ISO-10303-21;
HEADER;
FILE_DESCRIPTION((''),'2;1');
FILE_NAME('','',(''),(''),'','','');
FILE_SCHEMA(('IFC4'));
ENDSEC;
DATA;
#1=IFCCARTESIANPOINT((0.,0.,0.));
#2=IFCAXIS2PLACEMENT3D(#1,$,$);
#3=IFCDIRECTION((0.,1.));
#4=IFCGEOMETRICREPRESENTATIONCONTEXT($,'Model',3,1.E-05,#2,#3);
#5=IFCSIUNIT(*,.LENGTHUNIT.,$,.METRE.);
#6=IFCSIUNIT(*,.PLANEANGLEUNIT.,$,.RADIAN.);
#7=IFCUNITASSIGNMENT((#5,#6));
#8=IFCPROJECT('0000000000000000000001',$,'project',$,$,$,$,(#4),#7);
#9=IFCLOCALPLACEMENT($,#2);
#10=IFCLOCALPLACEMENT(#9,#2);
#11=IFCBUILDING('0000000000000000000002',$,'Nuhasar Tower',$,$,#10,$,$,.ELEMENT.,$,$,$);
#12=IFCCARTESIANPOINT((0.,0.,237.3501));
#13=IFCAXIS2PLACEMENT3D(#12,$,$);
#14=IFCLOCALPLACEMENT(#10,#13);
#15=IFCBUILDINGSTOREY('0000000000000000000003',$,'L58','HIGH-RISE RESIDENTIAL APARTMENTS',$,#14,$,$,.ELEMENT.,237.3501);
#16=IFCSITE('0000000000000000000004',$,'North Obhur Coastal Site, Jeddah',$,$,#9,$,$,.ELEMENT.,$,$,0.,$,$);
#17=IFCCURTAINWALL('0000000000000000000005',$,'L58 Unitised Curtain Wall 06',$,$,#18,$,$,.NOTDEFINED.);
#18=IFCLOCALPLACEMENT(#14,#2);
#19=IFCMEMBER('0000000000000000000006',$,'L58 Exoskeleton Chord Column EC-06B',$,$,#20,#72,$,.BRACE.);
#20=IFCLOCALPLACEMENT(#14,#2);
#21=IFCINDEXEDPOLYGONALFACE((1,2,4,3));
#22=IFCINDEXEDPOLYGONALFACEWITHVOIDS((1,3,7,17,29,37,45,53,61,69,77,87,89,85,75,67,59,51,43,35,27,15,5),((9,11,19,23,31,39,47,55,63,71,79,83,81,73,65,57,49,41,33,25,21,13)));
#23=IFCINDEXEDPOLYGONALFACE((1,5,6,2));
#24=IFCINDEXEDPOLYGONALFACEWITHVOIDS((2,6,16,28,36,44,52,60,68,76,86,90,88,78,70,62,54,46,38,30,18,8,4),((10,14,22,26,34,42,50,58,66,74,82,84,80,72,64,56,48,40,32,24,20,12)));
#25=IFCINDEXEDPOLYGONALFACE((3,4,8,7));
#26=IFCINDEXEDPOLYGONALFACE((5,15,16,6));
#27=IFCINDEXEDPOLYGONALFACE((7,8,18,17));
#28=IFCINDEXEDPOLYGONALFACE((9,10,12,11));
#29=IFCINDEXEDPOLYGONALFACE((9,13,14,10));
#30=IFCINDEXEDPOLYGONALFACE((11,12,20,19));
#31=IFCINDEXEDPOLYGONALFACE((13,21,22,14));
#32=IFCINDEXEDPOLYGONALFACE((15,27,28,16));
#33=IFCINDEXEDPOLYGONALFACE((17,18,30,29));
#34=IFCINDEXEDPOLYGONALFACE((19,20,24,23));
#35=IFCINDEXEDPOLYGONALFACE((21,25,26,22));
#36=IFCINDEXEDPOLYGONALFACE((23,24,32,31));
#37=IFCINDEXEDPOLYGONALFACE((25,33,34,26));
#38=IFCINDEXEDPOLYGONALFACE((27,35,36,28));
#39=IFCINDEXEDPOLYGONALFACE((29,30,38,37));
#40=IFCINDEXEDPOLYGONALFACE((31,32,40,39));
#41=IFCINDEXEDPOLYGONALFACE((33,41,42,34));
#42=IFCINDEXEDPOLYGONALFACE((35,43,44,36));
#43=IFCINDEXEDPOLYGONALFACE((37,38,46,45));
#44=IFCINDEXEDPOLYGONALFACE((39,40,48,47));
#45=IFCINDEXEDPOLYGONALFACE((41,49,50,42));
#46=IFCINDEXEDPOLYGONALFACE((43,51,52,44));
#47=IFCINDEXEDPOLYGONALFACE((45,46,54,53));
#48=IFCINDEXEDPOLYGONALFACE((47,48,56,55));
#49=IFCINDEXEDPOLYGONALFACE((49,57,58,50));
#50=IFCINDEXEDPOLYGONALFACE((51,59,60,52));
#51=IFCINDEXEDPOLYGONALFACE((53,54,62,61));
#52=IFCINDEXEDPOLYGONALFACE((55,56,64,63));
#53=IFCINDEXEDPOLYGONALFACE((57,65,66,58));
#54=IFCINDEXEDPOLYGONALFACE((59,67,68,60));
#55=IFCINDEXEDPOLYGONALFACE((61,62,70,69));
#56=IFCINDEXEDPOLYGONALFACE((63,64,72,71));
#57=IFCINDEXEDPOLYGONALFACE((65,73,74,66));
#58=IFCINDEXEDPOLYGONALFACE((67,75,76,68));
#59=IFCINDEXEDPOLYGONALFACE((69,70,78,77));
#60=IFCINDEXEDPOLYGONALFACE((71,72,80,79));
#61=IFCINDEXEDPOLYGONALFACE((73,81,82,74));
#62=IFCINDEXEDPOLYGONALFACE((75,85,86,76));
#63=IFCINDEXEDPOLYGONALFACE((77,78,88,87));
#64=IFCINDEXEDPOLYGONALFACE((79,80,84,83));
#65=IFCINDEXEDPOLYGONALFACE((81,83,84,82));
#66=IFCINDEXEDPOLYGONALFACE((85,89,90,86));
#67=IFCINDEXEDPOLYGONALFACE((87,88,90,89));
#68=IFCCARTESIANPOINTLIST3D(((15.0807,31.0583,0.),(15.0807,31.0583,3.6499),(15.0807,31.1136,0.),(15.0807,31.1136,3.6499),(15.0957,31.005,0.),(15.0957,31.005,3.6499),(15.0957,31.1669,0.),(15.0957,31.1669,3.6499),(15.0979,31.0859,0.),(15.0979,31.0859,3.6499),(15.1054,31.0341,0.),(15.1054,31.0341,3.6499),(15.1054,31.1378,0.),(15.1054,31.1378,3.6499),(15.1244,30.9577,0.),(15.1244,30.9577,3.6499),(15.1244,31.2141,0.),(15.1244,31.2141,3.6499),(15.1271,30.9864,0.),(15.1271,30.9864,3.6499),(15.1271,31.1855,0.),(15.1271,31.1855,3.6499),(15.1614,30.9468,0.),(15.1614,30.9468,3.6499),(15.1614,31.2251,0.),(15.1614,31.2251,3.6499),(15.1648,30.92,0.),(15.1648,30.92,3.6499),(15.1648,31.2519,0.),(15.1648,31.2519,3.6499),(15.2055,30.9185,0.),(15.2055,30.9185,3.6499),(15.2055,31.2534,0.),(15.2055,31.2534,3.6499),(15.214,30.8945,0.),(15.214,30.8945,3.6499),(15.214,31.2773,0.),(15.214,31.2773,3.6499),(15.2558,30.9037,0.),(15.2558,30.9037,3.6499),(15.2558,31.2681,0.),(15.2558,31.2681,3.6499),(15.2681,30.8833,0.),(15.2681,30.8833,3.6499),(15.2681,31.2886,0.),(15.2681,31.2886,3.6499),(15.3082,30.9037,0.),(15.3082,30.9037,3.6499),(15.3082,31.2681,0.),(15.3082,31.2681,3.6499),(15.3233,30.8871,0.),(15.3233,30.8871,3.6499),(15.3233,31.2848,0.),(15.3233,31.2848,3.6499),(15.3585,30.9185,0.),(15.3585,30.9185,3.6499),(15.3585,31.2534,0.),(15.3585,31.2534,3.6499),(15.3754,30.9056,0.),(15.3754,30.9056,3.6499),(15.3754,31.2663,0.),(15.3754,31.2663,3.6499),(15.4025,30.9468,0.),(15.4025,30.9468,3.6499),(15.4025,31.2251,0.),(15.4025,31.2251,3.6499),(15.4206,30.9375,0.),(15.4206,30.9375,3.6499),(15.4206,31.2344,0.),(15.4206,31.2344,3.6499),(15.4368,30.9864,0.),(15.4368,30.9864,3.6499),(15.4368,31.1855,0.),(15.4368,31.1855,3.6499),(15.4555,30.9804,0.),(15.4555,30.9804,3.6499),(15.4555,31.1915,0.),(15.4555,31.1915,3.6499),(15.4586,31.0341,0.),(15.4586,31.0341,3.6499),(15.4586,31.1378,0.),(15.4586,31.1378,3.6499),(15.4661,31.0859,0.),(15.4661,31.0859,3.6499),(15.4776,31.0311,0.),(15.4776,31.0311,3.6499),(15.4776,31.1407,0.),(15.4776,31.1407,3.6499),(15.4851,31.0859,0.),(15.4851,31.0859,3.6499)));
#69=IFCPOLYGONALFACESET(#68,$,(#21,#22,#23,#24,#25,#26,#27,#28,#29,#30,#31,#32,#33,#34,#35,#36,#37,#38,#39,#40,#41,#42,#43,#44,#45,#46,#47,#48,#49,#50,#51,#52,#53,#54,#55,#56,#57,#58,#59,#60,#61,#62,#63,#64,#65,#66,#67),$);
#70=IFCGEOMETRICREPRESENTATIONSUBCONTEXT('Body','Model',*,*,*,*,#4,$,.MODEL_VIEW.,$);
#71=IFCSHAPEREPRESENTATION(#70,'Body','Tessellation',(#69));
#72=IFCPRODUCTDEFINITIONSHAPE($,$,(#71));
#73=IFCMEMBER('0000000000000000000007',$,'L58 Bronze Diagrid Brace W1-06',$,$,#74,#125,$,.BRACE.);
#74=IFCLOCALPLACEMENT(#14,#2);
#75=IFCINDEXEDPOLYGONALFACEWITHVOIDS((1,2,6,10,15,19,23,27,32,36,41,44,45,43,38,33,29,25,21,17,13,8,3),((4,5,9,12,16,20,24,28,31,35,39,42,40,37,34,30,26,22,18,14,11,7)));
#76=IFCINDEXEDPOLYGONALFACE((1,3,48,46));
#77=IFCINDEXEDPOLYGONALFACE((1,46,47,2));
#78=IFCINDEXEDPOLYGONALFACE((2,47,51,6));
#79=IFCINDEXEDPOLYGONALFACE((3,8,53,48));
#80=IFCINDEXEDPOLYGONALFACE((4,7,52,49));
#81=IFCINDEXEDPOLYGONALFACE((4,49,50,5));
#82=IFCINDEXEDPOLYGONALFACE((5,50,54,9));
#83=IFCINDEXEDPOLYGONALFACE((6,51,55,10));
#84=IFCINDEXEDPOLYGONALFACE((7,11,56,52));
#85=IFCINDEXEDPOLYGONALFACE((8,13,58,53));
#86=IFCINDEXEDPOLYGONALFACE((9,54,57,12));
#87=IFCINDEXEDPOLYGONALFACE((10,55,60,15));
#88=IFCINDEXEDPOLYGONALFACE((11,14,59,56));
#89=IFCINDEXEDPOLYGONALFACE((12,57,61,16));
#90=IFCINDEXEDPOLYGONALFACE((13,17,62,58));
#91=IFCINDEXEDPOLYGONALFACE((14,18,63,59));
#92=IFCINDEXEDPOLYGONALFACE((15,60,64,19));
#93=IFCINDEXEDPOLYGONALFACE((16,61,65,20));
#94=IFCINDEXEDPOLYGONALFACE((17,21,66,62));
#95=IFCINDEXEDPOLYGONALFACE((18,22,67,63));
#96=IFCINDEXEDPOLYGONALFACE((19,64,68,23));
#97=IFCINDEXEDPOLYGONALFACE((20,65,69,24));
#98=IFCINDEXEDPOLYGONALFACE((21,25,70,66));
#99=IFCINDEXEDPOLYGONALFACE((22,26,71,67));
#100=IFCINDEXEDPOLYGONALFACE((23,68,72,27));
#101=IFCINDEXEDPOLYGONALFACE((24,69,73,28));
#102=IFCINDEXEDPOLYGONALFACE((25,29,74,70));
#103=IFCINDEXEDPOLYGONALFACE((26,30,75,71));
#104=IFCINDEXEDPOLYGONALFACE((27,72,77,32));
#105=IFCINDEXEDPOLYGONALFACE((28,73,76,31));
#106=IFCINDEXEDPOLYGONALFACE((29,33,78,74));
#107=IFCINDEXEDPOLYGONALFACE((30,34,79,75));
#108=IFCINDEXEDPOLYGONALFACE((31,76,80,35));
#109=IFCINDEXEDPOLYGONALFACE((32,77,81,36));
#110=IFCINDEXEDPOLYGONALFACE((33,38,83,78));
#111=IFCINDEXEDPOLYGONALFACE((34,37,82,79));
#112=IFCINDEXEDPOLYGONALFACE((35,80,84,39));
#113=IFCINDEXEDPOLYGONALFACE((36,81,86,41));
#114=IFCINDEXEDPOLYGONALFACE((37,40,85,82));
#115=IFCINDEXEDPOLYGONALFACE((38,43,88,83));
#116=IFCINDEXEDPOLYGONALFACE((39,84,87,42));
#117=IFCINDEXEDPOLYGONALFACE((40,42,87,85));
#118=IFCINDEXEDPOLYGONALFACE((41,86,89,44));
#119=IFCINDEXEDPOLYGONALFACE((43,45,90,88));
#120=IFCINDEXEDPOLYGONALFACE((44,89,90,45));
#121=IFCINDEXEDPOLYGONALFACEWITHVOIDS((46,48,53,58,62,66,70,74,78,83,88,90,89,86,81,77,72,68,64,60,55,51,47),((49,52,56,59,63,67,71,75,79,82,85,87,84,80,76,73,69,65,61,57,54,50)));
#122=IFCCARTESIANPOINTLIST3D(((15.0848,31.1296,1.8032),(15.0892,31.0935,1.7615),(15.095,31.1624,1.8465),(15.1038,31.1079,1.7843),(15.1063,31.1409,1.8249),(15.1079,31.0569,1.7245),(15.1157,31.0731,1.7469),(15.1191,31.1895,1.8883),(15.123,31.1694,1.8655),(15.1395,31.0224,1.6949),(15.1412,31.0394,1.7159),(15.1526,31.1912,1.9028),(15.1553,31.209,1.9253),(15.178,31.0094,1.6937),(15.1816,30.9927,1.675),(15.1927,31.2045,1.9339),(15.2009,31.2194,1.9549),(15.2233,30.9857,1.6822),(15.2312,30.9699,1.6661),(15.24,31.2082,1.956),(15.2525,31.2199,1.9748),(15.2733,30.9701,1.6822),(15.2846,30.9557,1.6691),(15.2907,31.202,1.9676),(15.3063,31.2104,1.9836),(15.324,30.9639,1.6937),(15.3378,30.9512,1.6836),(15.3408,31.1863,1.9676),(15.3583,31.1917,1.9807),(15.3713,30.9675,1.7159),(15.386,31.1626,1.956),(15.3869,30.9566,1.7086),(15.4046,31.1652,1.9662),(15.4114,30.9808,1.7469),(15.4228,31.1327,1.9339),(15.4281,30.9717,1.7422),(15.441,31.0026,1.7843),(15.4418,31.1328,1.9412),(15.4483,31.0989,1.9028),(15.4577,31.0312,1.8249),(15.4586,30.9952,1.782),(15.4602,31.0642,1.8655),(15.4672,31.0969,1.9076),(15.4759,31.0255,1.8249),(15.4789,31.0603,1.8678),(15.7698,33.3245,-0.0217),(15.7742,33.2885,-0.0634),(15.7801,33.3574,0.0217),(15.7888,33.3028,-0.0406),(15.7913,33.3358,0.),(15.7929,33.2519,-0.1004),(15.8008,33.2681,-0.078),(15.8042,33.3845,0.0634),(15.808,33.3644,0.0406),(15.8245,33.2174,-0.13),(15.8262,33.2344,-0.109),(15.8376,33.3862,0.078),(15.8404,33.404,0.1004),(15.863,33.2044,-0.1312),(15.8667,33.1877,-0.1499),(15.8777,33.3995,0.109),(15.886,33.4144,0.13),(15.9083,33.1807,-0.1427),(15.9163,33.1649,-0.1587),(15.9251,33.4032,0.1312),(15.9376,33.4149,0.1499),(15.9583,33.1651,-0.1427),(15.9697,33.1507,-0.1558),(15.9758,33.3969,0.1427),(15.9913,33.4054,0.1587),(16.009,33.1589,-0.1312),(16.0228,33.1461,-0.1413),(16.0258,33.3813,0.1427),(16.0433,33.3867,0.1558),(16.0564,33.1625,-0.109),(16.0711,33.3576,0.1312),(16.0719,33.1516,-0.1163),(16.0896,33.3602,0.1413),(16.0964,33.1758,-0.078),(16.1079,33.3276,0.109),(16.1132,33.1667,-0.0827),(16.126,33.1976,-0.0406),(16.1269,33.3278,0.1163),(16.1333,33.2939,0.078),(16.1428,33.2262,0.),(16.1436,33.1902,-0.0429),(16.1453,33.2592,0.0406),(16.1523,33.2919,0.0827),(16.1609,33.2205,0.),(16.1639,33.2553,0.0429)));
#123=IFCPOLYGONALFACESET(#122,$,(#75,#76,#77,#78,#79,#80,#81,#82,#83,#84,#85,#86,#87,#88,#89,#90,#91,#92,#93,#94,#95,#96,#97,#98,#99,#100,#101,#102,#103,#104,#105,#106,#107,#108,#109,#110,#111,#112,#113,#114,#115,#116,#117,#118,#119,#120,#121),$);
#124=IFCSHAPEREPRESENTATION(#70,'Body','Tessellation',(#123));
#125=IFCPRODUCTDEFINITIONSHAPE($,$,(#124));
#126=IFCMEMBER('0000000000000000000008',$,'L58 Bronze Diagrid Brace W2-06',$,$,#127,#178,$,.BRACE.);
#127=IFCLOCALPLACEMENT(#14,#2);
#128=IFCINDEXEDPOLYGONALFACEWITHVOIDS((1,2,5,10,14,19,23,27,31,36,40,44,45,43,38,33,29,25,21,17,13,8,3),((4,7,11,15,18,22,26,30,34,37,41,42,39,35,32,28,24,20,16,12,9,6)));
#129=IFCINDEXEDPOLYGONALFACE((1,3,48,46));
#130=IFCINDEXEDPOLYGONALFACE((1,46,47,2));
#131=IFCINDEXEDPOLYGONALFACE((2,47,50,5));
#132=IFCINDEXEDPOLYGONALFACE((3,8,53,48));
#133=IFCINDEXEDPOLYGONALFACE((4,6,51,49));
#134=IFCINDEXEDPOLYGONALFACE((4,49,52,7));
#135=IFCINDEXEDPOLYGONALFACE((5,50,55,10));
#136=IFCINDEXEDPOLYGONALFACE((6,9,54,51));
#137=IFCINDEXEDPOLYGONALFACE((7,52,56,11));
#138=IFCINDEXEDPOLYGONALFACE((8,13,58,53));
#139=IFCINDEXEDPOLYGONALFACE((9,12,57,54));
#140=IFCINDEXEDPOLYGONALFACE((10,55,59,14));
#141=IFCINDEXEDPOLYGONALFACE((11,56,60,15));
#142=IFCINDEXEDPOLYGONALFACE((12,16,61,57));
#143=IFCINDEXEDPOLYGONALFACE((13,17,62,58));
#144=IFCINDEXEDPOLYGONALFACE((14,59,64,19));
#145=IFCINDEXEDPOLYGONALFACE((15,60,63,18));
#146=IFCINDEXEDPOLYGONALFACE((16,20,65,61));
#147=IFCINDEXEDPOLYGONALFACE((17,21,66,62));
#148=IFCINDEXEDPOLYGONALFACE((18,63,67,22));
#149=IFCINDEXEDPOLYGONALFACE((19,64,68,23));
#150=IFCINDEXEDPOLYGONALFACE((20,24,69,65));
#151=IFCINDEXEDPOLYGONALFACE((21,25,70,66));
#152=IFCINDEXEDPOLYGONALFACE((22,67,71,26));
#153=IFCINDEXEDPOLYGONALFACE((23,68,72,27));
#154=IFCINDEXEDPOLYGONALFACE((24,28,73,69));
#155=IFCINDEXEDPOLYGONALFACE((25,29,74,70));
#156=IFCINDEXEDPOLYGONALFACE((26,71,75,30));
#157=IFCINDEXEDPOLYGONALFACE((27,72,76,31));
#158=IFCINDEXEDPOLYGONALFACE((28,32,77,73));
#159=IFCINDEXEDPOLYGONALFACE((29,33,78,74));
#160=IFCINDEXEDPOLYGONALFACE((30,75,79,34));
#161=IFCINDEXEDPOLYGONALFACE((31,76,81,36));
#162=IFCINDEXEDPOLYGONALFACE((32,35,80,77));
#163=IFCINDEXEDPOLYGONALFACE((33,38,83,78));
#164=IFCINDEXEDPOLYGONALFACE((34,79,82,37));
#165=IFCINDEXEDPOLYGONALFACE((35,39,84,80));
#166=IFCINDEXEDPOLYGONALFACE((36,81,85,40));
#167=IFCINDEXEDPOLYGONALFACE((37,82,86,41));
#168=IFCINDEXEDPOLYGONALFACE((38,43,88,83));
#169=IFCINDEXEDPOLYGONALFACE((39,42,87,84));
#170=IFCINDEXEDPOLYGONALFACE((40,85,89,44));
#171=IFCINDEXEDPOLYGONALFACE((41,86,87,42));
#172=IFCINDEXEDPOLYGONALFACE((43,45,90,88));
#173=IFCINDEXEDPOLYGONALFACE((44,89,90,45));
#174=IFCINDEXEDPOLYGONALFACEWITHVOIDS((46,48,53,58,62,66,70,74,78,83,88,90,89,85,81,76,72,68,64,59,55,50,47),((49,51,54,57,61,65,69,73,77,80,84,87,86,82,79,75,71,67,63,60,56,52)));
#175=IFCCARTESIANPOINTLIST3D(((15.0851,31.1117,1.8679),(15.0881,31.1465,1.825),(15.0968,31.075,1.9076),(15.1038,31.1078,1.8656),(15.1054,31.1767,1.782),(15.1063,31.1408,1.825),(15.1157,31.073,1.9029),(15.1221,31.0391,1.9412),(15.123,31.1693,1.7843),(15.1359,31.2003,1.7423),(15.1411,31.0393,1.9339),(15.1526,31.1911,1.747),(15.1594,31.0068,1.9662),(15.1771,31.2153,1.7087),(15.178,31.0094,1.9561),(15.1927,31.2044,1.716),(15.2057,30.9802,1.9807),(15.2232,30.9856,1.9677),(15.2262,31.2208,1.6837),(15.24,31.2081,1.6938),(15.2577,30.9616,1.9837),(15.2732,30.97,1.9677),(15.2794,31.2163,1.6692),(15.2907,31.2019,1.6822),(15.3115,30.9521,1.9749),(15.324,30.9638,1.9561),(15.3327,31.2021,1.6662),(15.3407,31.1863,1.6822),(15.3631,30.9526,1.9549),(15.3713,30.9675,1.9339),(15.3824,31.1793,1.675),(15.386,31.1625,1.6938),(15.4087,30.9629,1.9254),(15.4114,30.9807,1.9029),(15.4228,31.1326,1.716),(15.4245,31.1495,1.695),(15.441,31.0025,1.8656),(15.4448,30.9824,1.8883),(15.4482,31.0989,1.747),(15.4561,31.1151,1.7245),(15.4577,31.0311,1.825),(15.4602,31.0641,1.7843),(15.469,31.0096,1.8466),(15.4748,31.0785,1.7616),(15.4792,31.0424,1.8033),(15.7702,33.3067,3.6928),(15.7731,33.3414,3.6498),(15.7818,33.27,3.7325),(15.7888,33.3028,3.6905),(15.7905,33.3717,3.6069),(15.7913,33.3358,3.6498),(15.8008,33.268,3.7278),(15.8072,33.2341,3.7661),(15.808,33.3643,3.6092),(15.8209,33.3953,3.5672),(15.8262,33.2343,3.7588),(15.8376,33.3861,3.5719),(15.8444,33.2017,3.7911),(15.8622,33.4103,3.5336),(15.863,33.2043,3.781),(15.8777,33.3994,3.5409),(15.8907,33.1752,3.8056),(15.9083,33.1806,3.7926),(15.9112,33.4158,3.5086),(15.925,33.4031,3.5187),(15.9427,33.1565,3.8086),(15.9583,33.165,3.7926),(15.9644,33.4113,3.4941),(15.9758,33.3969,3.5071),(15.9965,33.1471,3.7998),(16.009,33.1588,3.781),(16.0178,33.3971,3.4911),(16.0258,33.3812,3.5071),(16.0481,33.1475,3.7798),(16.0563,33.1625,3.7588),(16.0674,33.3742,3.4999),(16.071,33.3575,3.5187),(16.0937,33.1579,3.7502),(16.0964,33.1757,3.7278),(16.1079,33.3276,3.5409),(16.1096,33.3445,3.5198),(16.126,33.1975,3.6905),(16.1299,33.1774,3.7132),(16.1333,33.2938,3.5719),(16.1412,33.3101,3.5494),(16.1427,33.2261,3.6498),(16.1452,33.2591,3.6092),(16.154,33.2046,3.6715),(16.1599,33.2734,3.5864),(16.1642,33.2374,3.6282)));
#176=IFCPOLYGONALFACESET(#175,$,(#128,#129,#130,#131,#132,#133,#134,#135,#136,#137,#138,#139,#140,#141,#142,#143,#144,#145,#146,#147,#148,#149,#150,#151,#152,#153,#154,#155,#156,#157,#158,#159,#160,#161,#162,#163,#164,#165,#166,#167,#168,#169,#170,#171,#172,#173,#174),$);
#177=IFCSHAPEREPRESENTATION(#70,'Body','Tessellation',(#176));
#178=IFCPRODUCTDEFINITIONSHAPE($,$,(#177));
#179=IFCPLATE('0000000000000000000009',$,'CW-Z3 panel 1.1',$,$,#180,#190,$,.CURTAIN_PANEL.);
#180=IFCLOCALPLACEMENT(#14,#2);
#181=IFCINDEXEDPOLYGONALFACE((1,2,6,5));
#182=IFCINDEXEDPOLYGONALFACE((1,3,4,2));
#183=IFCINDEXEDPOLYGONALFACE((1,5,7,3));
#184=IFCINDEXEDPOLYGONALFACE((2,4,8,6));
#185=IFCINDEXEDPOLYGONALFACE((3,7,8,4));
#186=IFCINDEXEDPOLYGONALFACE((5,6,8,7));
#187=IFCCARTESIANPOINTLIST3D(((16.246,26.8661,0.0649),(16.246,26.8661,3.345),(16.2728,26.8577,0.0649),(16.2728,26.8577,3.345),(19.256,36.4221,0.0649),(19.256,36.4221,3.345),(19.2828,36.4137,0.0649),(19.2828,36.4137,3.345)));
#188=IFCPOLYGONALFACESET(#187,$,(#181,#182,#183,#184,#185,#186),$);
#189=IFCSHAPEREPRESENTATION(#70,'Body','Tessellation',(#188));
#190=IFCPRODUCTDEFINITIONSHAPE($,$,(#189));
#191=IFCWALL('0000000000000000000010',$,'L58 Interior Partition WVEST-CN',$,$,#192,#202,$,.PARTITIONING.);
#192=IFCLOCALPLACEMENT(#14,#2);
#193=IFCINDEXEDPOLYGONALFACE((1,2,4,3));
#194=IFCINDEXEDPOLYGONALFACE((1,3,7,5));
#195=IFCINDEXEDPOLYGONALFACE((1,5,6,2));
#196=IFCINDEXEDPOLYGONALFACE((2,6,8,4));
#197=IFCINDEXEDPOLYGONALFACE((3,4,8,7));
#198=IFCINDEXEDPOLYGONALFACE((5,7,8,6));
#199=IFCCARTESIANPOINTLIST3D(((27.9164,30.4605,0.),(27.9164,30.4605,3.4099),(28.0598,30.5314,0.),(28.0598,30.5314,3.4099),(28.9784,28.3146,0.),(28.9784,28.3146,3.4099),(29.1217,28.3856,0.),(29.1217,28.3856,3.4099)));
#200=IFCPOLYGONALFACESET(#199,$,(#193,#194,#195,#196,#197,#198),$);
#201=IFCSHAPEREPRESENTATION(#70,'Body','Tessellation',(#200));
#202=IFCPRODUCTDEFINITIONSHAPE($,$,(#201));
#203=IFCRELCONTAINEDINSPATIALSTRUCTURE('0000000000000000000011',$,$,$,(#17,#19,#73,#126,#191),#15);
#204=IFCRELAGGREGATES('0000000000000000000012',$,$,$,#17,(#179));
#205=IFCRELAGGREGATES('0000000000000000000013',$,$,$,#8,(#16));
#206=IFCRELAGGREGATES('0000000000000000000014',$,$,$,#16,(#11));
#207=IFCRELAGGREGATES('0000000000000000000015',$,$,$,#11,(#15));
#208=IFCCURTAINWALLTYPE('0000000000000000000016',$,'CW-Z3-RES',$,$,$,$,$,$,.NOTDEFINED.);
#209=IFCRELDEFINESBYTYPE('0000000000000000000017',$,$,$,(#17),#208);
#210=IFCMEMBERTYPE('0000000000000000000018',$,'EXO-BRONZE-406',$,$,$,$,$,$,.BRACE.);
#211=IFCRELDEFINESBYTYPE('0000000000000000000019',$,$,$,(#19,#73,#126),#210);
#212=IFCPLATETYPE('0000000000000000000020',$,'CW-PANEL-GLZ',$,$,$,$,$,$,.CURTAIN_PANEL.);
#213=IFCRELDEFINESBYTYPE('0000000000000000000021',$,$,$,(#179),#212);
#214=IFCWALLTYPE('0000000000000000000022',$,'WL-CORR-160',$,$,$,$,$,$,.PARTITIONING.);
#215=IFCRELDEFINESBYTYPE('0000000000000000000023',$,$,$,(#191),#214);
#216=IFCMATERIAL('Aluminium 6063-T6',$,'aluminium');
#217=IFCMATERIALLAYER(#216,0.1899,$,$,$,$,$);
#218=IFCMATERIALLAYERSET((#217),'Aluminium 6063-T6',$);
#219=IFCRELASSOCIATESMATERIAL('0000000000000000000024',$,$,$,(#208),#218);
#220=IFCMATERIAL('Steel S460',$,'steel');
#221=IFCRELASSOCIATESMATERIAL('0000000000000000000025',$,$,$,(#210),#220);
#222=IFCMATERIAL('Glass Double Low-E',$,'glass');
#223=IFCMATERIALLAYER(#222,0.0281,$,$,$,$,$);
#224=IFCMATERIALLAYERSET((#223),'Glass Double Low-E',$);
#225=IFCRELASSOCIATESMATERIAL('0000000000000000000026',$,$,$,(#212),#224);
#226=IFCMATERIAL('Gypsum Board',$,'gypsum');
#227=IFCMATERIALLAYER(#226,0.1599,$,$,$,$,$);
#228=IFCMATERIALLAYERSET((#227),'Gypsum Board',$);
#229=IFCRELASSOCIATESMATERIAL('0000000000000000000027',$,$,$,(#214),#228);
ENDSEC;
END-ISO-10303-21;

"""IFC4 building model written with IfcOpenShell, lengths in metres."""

from ifc_helpers import new_model, si_unit, direction, frame, frame_2d, origin, origin_2d, place, context, subcontext, project, spatial, rectangle, hollow_circle, extrude, material, layer, layer_set, material_profile, profile_set, type_object, element, aggregate, save


model = new_model("IFC4")

# Units and contexts
model_context = context("Model", 3, precision=1e-05, world=origin(), true_north=direction((0.0, 1.0)))
body_context = subcontext(model_context, "Body", "Model", "MODEL_VIEW")
ifc_project = project(units=[si_unit("LENGTHUNIT", "METRE"), si_unit("PLANEANGLEUNIT", "RADIAN")], contexts=[model_context])

# Site, building, storey
site_placement = place(None, origin())
site = spatial("IfcSite", under=ifc_project, at=site_placement, Name="North Obhur Coastal Site, Jeddah", CompositionType="ELEMENT", RefElevation=0.0)
building_placement = place(site_placement, origin())
building = spatial("IfcBuilding", under=site, at=building_placement, Name="Nuhasar Tower", CompositionType="ELEMENT")
storey_placement = place(building_placement, frame((0.0, 0.0, 237.3501)))
storey = spatial("IfcBuildingStorey", under=building, at=storey_placement, Name="L58", Description="HIGH-RISE RESIDENTIAL APARTMENTS", CompositionType="ELEMENT", Elevation=237.3501)

# Curtain wall
ifc_material_1 = material(Name="Aluminium 6063-T6", Category="aluminium")
ifc_layer_1 = layer(ifc_material_1, 0.1899)
ifc_layer_set_1 = layer_set([ifc_layer_1], Name="Aluminium 6063-T6")
curtain_wall_type = type_object("IfcCurtainWallType", Name="CW-Z3-RES", PredefinedType="NOTDEFINED", material=ifc_layer_set_1)
curtain_wall_placement = place(storey_placement, origin())
curtain_wall = element("IfcCurtainWall", 1, at=curtain_wall_placement, inside=storey, type_object=curtain_wall_type, Name="L58 Unitised Curtain Wall 06", PredefinedType="NOTDEFINED")

# Members
ifc_material_2 = material(Name="Steel S460", Category="steel")
ifc_material_profile_1 = material_profile(ifc_material_2, hollow_circle(Radius=0.2031, WallThickness=0.019, at=origin_2d()), Name="HSS406.4X19.1")
ifc_profile_set_1 = profile_set([ifc_material_profile_1], Name="Steel S460")
member_type_1 = type_object("IfcMemberType", Name="EXO-BRONZE-406", PredefinedType="BRACE", material=ifc_profile_set_1)
for number, where, z_axis, x_axis, name in (
    (2, (15.282, 31.0859, 0.0), (0.0, 0.0, 1.0), (1.0, 0.0, 0.0), "L58 Exoskeleton Chord Column EC-06B"),
):
    element("IfcMember", number, at=place(storey_placement, frame(where, z_axis=z_axis, x_axis=x_axis)), inside=storey, type_object=member_type_1, Name=name, PredefinedType="BRACE", context=body_context, shape_type="SweptSolid", body=[
        extrude(hollow_circle(Radius=0.2031, WallThickness=0.019, at=origin_2d()), origin(), (0.0, 0.0, 1.0), 3.6499),
    ])
for number, where, z_axis, x_axis, name in (
    (3, (15.967, 33.281, 0.0), (-0.233358, -0.747727, 0.62165), (0.954591, -0.297918, 0.0), "L58 Bronze Diagrid Brace W1-06"),
    (4, (15.282, 31.0859, 1.825), (0.233358, 0.747727, 0.62165), (-0.954591, 0.297918, 0.0), "L58 Bronze Diagrid Brace W2-06"),
):
    element("IfcMember", number, at=place(storey_placement, frame(where, z_axis=z_axis, x_axis=x_axis)), inside=storey, type_object=member_type_1, Name=name, PredefinedType="BRACE", context=body_context, shape_type="SweptSolid", body=[
        extrude(hollow_circle(Radius=0.2031, WallThickness=0.019, at=origin_2d()), origin(), (0.0, 0.0, 1.0), 2.9355),
    ])

# Plate
ifc_material_3 = material(Name="Glass Double Low-E", Category="glass")
ifc_layer_2 = layer(ifc_material_3, 0.0281)
ifc_layer_set_2 = layer_set([ifc_layer_2], Name="Glass Double Low-E")
plate_type = type_object("IfcPlateType", Name="CW-PANEL-GLZ", PredefinedType="CURTAIN_PANEL", material=ifc_layer_set_2)
plate_placement = place(storey_placement, frame((17.7644, 31.6399, 0.0649), z_axis=(0.0, 0.0, 1.0), x_axis=(-0.300429, -0.953804, 0.0)))
plate = element("IfcPlate", 5, at=plate_placement, type_object=plate_type, Name="CW-Z3 panel 1.1", PredefinedType="CURTAIN_PANEL", context=body_context, shape_type="SweptSolid", body=[
    extrude(rectangle(XDim=10.0188, YDim=0.0281, at=origin_2d()), origin(), (0.0, 0.0, 1.0), 3.28),
])
aggregate(curtain_wall, [plate])

# Shared definitions
ifc_material_4 = material(Name="Gypsum Board", Category="gypsum")
ifc_layer_3 = layer(ifc_material_4, 0.1599)
ifc_layer_set_3 = layer_set([ifc_layer_3], Name="Gypsum Board")
wall_type_1 = type_object("IfcWallType", Name="WL-CORR-160", PredefinedType="PARTITIONING", material=ifc_layer_set_3)

# Wall
wall_1_placement = place(storey_placement, frame((27.988, 30.4961, 0.0), z_axis=(0.0, 0.0, 1.0), x_axis=(0.443539, -0.896255, 0.0)))
element("IfcWall", 6, at=wall_1_placement, inside=storey, type_object=wall_type_1, Name="L58 Interior Partition WVEST-CN", PredefinedType="PARTITIONING", context=body_context, shape_type="SweptSolid", body=[
    extrude(rectangle(XDim=2.3943, YDim=0.1599, at=frame_2d((1.1973, 0.0))), origin(), (0.0, 0.0, 1.0), 3.4099),
])

save(model, "model.ifc")
